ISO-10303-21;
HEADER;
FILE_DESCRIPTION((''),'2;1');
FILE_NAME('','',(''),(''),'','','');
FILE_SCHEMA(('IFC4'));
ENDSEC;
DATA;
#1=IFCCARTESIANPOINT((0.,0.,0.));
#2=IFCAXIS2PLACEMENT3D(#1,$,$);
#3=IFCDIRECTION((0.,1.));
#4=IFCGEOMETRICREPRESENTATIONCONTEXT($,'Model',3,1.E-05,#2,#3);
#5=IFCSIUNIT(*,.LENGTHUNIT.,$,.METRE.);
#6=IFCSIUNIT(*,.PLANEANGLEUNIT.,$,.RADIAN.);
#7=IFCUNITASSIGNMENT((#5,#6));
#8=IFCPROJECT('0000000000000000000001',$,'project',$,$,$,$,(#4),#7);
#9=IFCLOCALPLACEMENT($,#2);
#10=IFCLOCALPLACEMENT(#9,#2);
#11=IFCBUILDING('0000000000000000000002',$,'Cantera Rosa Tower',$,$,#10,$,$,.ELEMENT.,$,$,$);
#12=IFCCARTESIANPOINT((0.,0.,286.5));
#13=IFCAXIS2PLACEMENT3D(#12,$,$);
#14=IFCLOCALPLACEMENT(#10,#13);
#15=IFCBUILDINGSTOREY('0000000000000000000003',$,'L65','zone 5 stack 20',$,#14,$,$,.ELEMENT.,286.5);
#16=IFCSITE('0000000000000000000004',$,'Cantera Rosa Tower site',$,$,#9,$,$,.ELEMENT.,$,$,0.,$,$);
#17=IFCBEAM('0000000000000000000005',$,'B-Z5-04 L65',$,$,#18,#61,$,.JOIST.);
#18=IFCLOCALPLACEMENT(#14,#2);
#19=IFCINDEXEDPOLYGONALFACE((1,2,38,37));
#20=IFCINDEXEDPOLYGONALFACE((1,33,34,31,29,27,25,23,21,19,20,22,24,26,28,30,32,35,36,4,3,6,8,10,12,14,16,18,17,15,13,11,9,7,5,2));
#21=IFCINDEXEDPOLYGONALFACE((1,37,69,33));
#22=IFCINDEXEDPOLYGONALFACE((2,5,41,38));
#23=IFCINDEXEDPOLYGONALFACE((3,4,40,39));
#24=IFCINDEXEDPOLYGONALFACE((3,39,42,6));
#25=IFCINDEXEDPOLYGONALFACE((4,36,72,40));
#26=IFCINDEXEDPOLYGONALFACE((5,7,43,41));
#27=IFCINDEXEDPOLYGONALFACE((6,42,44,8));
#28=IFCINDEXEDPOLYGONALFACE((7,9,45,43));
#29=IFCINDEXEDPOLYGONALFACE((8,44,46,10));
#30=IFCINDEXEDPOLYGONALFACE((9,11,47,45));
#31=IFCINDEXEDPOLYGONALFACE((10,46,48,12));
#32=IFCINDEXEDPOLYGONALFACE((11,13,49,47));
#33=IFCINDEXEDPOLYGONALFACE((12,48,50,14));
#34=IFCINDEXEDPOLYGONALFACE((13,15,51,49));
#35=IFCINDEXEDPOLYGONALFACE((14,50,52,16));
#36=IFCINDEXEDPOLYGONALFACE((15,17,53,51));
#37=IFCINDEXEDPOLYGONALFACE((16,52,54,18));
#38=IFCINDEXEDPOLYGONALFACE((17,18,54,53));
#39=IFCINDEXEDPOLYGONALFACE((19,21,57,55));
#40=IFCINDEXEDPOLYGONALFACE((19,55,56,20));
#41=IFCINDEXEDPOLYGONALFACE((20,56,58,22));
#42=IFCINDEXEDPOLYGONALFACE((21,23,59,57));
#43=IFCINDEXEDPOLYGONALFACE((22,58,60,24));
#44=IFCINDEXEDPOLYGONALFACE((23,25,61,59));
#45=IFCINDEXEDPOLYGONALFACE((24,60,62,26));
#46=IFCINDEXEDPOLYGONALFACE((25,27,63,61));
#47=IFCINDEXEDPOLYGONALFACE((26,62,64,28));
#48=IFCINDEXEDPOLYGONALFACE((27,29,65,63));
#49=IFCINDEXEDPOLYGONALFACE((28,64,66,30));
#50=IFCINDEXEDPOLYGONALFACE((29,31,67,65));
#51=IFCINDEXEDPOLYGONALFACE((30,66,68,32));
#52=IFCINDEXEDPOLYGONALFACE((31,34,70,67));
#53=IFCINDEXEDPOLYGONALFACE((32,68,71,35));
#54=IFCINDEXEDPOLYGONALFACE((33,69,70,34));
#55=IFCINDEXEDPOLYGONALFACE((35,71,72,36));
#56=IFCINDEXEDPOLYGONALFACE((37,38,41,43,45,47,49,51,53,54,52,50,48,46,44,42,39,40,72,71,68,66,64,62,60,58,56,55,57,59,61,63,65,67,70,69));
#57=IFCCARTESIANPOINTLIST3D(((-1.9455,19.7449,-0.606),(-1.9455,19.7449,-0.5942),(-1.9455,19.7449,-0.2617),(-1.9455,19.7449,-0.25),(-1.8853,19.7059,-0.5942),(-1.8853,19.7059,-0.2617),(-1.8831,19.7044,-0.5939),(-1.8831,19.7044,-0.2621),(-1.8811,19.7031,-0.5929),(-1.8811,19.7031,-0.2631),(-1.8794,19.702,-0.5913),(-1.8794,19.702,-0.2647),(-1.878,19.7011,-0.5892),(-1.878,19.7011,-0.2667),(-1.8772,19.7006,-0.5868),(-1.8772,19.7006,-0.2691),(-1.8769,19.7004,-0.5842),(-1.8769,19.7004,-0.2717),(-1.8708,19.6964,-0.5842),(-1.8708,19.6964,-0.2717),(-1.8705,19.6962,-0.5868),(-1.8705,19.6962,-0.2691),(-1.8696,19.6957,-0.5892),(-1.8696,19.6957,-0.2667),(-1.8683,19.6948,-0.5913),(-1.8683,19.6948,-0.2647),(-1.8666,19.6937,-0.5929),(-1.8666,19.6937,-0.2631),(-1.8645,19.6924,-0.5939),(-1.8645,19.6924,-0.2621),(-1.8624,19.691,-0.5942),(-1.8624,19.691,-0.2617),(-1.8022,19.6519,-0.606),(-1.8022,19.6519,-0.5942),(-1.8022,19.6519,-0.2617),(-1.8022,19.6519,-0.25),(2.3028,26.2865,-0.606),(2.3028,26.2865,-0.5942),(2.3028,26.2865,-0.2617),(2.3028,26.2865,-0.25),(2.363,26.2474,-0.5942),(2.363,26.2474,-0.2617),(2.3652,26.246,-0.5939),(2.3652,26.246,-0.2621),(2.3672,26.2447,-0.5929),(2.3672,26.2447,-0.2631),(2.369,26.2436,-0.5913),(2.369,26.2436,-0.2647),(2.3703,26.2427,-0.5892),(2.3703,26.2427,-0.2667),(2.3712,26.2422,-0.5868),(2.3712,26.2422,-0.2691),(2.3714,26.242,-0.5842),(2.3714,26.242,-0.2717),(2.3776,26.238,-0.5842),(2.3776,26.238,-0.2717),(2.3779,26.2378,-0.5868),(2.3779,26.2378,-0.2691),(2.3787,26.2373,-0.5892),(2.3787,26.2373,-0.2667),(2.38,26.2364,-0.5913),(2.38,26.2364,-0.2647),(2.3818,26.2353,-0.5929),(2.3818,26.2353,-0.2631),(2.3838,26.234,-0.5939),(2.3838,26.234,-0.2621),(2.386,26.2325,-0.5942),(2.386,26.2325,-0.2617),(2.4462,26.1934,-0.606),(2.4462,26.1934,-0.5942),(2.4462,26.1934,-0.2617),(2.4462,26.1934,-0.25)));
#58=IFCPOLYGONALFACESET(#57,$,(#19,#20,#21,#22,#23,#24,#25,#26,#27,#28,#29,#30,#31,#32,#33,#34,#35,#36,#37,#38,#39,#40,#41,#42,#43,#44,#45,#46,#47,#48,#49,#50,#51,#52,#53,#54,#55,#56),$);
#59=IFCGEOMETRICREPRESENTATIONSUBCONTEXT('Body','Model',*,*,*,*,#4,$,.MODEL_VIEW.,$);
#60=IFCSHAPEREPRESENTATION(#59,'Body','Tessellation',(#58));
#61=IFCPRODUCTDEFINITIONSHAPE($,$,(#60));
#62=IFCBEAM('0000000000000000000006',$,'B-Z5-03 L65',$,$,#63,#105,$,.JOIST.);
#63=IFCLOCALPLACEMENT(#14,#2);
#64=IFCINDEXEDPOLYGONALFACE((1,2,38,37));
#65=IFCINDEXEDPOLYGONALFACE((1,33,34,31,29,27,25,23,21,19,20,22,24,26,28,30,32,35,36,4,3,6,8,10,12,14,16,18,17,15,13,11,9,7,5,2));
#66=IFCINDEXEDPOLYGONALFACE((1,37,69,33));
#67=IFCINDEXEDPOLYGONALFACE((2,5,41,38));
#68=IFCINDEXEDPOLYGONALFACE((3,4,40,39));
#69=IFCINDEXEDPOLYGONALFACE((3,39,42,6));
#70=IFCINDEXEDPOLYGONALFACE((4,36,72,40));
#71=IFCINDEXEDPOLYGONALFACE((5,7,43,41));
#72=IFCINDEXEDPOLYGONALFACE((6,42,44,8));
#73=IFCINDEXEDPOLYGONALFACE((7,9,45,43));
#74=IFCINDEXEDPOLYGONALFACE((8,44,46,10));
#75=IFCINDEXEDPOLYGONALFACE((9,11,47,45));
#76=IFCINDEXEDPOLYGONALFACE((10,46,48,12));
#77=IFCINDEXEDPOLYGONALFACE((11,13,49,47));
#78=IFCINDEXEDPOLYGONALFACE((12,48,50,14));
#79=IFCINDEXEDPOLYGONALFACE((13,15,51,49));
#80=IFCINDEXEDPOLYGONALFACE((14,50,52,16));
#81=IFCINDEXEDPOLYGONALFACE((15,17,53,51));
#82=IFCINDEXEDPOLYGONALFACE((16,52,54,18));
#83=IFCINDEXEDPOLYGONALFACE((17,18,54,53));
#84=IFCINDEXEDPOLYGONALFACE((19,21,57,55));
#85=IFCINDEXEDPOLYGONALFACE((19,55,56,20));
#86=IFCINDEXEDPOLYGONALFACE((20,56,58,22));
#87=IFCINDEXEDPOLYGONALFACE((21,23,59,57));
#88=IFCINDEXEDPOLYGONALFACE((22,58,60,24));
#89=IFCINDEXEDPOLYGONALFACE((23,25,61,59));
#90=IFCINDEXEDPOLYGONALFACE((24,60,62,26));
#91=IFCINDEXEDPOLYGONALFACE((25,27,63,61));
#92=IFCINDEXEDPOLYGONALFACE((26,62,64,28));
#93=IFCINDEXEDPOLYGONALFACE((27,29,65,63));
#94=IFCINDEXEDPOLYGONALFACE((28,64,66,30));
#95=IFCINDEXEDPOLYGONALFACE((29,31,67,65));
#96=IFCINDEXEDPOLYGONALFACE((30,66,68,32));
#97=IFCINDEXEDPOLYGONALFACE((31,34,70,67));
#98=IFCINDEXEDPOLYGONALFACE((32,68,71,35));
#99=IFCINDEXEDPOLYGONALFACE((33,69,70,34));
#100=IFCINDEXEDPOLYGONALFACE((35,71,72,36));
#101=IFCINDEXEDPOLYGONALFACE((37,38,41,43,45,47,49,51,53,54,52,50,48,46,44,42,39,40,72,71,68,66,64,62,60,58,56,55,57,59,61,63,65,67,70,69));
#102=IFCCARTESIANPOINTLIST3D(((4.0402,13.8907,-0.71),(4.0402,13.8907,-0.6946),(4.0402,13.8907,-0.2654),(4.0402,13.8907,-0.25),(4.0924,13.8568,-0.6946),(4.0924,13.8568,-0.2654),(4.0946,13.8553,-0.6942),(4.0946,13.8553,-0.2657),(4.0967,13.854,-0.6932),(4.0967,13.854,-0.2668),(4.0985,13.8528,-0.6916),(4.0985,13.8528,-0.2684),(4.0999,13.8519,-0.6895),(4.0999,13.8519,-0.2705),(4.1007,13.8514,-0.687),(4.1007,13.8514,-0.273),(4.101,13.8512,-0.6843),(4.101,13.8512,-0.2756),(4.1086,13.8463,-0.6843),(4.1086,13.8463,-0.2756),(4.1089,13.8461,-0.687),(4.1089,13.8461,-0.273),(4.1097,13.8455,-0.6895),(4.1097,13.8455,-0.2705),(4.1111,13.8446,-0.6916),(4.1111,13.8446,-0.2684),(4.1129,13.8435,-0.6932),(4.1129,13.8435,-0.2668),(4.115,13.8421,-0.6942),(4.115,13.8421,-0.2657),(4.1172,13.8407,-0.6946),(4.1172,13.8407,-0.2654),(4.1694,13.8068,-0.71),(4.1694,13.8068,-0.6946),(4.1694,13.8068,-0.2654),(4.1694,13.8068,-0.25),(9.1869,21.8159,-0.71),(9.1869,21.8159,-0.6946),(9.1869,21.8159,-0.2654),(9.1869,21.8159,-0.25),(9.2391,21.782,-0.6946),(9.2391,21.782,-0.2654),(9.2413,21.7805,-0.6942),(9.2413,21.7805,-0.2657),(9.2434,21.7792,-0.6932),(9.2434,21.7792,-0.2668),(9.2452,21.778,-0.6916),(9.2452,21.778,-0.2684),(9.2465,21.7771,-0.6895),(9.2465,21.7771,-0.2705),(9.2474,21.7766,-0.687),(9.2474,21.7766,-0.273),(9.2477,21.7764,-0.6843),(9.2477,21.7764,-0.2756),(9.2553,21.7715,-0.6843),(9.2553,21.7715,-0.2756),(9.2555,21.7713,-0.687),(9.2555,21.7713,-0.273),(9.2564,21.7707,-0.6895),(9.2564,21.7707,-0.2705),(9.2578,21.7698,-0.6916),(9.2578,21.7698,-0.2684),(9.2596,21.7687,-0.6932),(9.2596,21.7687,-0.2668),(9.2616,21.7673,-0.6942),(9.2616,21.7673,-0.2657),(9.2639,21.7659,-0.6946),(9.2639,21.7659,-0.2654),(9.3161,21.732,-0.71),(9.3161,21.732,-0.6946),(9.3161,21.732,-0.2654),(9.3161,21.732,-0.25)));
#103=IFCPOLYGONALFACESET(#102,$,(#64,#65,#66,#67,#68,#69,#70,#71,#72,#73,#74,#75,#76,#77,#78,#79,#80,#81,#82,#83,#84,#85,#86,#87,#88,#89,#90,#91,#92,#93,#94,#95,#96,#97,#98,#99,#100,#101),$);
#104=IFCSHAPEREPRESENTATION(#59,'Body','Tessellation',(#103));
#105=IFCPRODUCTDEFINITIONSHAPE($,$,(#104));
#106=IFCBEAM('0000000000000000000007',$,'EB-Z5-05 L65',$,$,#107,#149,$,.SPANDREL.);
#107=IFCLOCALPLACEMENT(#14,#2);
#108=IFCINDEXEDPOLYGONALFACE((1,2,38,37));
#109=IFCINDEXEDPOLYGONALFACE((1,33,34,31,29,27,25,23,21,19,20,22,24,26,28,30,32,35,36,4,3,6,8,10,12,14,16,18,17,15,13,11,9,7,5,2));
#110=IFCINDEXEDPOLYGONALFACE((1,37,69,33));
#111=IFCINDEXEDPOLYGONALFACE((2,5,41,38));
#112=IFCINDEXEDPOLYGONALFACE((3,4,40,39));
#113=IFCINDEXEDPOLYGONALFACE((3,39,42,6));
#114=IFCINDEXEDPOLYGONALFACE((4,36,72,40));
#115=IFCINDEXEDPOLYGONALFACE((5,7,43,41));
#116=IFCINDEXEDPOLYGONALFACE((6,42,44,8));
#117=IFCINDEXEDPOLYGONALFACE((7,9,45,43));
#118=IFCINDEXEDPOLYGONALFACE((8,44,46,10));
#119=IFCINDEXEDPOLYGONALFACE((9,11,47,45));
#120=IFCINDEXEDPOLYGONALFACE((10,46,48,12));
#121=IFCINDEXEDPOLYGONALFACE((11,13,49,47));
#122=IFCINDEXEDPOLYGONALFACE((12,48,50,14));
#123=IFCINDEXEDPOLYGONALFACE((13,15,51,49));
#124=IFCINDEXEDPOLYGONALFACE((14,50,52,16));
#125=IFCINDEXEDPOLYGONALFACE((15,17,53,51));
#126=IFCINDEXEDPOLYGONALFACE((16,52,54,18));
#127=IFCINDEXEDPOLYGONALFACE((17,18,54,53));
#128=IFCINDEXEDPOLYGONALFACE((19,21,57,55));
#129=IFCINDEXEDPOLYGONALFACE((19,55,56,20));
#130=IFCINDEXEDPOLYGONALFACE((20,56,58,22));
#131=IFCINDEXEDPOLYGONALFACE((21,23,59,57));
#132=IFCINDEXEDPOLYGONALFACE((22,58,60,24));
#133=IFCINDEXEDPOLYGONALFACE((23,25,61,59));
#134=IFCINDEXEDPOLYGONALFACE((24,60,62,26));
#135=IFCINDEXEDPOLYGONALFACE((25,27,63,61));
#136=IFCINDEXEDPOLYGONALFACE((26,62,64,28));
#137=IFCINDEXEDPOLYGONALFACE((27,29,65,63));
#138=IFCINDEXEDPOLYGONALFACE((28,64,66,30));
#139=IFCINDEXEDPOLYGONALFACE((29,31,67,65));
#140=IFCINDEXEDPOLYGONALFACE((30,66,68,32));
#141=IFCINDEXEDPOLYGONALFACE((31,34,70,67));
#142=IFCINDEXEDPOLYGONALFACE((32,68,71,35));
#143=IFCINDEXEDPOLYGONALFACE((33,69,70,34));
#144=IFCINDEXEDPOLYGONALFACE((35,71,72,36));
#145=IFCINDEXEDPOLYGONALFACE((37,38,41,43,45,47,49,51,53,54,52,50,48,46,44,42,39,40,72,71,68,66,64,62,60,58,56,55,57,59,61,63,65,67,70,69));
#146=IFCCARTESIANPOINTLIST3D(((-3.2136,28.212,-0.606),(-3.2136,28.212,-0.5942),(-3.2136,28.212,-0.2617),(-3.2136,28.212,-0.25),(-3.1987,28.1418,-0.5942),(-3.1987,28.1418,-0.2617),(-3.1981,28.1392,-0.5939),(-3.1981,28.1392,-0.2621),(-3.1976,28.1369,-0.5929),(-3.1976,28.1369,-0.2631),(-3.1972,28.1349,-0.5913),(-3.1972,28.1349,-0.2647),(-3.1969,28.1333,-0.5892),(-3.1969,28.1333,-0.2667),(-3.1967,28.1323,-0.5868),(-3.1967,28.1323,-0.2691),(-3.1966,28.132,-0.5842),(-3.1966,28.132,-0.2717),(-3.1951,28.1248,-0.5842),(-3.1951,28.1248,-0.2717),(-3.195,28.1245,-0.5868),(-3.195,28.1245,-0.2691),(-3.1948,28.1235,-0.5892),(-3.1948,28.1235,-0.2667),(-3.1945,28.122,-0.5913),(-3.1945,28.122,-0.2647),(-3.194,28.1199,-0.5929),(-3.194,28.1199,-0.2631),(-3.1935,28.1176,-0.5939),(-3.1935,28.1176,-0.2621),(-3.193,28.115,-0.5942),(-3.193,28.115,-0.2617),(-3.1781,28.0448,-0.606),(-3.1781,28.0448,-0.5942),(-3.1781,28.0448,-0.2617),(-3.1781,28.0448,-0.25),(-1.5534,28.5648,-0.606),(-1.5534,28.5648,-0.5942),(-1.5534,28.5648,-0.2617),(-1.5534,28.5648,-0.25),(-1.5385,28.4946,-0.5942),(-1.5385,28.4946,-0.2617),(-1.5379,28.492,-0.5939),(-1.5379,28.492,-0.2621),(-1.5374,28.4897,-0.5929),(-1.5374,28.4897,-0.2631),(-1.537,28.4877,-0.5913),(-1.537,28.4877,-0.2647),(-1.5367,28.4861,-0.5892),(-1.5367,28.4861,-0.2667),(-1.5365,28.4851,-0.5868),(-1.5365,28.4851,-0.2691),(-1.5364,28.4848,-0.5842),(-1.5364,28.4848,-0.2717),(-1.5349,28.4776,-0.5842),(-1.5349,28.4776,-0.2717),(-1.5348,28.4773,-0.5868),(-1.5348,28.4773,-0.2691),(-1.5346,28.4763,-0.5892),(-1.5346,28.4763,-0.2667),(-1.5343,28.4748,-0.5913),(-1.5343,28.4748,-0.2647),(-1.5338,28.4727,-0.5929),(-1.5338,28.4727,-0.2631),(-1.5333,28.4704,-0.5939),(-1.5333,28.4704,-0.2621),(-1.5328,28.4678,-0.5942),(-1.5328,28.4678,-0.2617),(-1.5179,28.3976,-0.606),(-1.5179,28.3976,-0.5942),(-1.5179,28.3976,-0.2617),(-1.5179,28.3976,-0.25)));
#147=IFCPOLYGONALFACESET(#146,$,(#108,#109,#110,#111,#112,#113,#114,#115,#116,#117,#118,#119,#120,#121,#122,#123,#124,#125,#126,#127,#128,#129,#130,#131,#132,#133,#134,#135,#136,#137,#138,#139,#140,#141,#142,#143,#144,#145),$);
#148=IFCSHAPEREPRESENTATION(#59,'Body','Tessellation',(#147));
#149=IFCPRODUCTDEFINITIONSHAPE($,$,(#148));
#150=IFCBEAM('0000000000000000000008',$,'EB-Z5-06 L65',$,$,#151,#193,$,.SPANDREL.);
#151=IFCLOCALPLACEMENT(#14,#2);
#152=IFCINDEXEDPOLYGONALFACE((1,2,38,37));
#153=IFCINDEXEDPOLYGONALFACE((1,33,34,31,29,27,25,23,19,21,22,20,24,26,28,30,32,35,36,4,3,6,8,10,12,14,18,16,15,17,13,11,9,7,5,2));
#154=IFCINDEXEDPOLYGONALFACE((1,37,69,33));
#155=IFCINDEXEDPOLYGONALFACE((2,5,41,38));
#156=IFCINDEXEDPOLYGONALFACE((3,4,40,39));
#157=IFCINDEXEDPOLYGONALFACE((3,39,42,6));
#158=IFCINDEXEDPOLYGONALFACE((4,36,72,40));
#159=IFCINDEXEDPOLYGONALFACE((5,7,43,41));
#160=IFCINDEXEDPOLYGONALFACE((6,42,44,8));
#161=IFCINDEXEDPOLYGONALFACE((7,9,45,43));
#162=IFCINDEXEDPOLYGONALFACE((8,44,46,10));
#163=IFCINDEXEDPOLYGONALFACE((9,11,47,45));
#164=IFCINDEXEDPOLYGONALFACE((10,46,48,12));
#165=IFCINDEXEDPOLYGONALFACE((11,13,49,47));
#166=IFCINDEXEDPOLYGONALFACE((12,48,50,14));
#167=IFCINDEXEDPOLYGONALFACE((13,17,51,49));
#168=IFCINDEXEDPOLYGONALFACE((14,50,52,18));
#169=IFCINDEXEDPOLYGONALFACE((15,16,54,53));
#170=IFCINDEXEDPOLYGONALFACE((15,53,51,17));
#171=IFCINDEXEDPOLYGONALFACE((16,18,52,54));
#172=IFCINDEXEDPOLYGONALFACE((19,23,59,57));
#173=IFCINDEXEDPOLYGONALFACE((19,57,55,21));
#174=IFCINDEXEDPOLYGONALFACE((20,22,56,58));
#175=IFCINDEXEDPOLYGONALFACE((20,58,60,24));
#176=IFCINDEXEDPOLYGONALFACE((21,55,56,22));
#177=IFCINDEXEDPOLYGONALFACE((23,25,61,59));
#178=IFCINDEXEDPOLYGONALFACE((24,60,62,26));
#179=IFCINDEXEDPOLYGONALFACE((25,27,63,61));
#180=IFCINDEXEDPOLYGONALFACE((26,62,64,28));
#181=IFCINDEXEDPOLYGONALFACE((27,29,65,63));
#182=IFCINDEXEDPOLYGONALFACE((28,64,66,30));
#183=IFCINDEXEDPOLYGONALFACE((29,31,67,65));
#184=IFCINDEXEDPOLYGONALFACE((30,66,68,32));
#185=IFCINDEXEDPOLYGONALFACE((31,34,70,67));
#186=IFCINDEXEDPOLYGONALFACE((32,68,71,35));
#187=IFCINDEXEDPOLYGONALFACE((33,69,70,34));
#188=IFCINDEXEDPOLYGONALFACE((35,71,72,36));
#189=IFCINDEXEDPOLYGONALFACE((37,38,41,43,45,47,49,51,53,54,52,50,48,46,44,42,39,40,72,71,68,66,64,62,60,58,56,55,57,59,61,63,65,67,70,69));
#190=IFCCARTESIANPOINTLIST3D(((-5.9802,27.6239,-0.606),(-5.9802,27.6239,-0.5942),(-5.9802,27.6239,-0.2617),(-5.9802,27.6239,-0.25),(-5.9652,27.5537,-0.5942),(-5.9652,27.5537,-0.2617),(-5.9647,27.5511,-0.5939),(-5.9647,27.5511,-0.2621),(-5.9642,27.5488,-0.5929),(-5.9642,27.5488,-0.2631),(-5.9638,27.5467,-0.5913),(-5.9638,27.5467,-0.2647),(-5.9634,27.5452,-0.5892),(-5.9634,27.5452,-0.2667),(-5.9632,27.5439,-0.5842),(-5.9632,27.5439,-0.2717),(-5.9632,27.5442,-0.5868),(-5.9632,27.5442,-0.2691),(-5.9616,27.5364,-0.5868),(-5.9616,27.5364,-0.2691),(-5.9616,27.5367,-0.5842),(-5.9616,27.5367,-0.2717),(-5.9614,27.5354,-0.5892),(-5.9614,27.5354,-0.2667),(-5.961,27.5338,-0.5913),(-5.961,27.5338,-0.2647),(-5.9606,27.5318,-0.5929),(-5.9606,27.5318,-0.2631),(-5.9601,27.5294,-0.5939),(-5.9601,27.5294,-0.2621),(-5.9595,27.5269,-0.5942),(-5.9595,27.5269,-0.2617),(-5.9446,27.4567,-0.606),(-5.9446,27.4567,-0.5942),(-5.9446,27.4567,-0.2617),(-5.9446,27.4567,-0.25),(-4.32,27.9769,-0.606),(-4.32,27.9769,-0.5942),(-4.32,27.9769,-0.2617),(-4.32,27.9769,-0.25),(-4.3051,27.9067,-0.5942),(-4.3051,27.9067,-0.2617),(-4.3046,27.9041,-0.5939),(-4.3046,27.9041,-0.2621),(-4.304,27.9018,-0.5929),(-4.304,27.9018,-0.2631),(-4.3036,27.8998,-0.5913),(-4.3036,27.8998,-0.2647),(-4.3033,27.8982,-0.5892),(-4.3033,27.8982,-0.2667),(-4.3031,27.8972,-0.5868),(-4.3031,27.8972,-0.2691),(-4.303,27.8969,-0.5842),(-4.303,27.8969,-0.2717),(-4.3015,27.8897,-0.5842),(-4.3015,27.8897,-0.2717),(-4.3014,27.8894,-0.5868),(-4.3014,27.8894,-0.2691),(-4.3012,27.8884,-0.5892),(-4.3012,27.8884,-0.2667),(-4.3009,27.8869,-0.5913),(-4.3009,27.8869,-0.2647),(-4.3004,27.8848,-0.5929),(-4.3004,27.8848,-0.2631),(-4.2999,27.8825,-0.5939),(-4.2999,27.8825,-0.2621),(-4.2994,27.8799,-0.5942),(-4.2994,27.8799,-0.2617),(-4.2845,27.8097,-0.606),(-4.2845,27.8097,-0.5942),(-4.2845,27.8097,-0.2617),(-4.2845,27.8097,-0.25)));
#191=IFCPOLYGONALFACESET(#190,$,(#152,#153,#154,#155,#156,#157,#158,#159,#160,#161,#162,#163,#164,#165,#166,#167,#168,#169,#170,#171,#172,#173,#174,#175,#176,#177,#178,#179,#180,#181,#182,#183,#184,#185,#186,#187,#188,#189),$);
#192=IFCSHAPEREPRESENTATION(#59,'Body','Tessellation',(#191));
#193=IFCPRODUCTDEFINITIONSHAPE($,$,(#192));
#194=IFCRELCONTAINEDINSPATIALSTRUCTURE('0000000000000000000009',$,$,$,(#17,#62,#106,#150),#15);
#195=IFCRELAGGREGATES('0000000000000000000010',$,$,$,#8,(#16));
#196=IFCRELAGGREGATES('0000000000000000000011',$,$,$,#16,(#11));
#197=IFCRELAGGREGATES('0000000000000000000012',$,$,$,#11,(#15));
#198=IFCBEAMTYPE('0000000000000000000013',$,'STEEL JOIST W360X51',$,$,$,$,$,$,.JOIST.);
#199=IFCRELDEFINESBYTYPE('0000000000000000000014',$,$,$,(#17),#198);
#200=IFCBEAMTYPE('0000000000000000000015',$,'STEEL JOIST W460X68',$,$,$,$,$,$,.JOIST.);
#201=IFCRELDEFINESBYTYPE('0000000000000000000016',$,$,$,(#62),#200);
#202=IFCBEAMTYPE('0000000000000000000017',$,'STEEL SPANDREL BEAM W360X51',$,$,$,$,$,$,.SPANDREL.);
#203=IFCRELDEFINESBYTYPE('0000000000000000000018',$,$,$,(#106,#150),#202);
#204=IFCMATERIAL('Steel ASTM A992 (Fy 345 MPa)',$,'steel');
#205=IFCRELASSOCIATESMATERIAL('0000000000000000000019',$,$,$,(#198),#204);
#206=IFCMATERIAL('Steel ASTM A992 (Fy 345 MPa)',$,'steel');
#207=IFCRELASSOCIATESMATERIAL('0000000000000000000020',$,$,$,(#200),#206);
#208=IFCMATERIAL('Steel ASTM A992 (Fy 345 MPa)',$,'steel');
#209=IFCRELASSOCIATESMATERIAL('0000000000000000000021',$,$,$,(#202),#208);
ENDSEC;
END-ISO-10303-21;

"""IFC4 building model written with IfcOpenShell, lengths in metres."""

from ifc_helpers import new_model, si_unit, direction, frame, origin, origin_2d, place, context, subcontext, project, spatial, i_section, extrude, material, material_profile, profile_set, type_object, element, save


model = new_model("IFC4")

# Units and contexts
model_context = context("Model", 3, precision=1e-05, world=origin(), true_north=direction((0.0, 1.0)))
body_context = subcontext(model_context, "Body", "Model", "MODEL_VIEW")
ifc_project = project(units=[si_unit("LENGTHUNIT", "METRE"), si_unit("PLANEANGLEUNIT", "RADIAN")], contexts=[model_context])

# Site, building, storey
site_placement = place(None, origin())
site = spatial("IfcSite", under=ifc_project, at=site_placement, Name="Cantera Rosa Tower site", CompositionType="ELEMENT", RefElevation=0.0)
building_placement = place(site_placement, origin())
building = spatial("IfcBuilding", under=site, at=building_placement, Name="Cantera Rosa Tower", CompositionType="ELEMENT")
storey_placement = place(building_placement, frame((0.0, 0.0, 286.5)))
storey = spatial("IfcBuildingStorey", under=building, at=storey_placement, Name="L65", Description="zone 5 stack 20", CompositionType="ELEMENT", Elevation=286.5)

# Beams
ifc_material_1 = material(Name="Steel ASTM A992 (Fy 345 MPa)", Category="steel")
ifc_material_profile_1 = material_profile(ifc_material_1, i_section(OverallWidth=0.1709, OverallDepth=0.356, WebThickness=0.0073, FlangeThickness=0.0117, FilletRadius=0.01, at=origin_2d()), Name="W360X51")
ifc_profile_set_1 = profile_set([ifc_material_profile_1], Name="Steel ASTM A992 (Fy 345 MPa)")
beam_type_1 = type_object("IfcBeamType", Name="STEEL JOIST W360X51", PredefinedType="JOIST", material=ifc_profile_set_1)
beam_1_placement = place(storey_placement, frame((2.3745, 26.24, -0.428), z_axis=(-0.544656, -0.83866, 0.0), x_axis=(0.83866, -0.544656, 0.0)))
element("IfcBeam", 1, at=beam_1_placement, inside=storey, type_object=beam_type_1, Name="B-Z5-04 L65", PredefinedType="JOIST", context=body_context, shape_type="SweptSolid", body=[
    extrude(i_section(OverallWidth=0.1709, OverallDepth=0.356, WebThickness=0.0073, FlangeThickness=0.0117, FilletRadius=0.01, at=origin_2d()), origin(), (0.0, 0.0, 1.0), 7.8),
])
ifc_material_2 = material(Name="Steel ASTM A992 (Fy 345 MPa)", Category="steel")
ifc_material_profile_2 = material_profile(ifc_material_2, i_section(OverallWidth=0.1541, OverallDepth=0.46, WebThickness=0.009, FlangeThickness=0.0154, FilletRadius=0.0103, at=origin_2d()), Name="W460X68")
ifc_profile_set_2 = profile_set([ifc_material_profile_2], Name="Steel ASTM A992 (Fy 345 MPa)")
beam_type_2 = type_object("IfcBeamType", Name="STEEL JOIST W460X68", PredefinedType="JOIST", material=ifc_profile_set_2)
beam_2_placement = place(storey_placement, frame((9.2515, 21.7739, -0.48), z_axis=(-0.544638, -0.838671, 0.0), x_axis=(0.838671, -0.544638, 0.0)))
element("IfcBeam", 2, at=beam_2_placement, inside=storey, type_object=beam_type_2, Name="B-Z5-03 L65", PredefinedType="JOIST", context=body_context, shape_type="SweptSolid", body=[
    extrude(i_section(OverallWidth=0.1541, OverallDepth=0.46, WebThickness=0.009, FlangeThickness=0.0154, FilletRadius=0.0103, at=origin_2d()), origin(), (0.0, 0.0, 1.0), 9.4497),
])
ifc_material_3 = material(Name="Steel ASTM A992 (Fy 345 MPa)", Category="steel")
ifc_material_profile_3 = material_profile(ifc_material_3, i_section(OverallWidth=0.1709, OverallDepth=0.356, WebThickness=0.0073, FlangeThickness=0.0117, FilletRadius=0.01, at=origin_2d()), Name="W360X51")
ifc_profile_set_3 = profile_set([ifc_material_profile_3], Name="Steel ASTM A992 (Fy 345 MPa)")
beam_type_3 = type_object("IfcBeamType", Name="STEEL SPANDREL BEAM W360X51", PredefinedType="SPANDREL", material=ifc_profile_set_3)
for number, where, z_axis, x_axis, name in (
    (3, (-1.5356, 28.4812, -0.428), (-0.978159, -0.207859, 0.0), (0.207859, -0.978159, 0.0), "EB-Z5-05 L65"),
    (4, (-4.3022, 27.8933, -0.428), (-0.97813, -0.207996, 0.0), (0.207996, -0.97813, 0.0), "EB-Z5-06 L65"),
):
    element("IfcBeam", number, at=place(storey_placement, frame(where, z_axis=z_axis, x_axis=x_axis)), inside=storey, type_object=beam_type_3, Name=name, PredefinedType="SPANDREL", context=body_context, shape_type="SweptSolid", body=[
        extrude(i_section(OverallWidth=0.1709, OverallDepth=0.356, WebThickness=0.0073, FlangeThickness=0.0117, FilletRadius=0.01, at=origin_2d()), origin(), (0.0, 0.0, 1.0), 1.6973),
    ])

save(model, "model.ifc")
